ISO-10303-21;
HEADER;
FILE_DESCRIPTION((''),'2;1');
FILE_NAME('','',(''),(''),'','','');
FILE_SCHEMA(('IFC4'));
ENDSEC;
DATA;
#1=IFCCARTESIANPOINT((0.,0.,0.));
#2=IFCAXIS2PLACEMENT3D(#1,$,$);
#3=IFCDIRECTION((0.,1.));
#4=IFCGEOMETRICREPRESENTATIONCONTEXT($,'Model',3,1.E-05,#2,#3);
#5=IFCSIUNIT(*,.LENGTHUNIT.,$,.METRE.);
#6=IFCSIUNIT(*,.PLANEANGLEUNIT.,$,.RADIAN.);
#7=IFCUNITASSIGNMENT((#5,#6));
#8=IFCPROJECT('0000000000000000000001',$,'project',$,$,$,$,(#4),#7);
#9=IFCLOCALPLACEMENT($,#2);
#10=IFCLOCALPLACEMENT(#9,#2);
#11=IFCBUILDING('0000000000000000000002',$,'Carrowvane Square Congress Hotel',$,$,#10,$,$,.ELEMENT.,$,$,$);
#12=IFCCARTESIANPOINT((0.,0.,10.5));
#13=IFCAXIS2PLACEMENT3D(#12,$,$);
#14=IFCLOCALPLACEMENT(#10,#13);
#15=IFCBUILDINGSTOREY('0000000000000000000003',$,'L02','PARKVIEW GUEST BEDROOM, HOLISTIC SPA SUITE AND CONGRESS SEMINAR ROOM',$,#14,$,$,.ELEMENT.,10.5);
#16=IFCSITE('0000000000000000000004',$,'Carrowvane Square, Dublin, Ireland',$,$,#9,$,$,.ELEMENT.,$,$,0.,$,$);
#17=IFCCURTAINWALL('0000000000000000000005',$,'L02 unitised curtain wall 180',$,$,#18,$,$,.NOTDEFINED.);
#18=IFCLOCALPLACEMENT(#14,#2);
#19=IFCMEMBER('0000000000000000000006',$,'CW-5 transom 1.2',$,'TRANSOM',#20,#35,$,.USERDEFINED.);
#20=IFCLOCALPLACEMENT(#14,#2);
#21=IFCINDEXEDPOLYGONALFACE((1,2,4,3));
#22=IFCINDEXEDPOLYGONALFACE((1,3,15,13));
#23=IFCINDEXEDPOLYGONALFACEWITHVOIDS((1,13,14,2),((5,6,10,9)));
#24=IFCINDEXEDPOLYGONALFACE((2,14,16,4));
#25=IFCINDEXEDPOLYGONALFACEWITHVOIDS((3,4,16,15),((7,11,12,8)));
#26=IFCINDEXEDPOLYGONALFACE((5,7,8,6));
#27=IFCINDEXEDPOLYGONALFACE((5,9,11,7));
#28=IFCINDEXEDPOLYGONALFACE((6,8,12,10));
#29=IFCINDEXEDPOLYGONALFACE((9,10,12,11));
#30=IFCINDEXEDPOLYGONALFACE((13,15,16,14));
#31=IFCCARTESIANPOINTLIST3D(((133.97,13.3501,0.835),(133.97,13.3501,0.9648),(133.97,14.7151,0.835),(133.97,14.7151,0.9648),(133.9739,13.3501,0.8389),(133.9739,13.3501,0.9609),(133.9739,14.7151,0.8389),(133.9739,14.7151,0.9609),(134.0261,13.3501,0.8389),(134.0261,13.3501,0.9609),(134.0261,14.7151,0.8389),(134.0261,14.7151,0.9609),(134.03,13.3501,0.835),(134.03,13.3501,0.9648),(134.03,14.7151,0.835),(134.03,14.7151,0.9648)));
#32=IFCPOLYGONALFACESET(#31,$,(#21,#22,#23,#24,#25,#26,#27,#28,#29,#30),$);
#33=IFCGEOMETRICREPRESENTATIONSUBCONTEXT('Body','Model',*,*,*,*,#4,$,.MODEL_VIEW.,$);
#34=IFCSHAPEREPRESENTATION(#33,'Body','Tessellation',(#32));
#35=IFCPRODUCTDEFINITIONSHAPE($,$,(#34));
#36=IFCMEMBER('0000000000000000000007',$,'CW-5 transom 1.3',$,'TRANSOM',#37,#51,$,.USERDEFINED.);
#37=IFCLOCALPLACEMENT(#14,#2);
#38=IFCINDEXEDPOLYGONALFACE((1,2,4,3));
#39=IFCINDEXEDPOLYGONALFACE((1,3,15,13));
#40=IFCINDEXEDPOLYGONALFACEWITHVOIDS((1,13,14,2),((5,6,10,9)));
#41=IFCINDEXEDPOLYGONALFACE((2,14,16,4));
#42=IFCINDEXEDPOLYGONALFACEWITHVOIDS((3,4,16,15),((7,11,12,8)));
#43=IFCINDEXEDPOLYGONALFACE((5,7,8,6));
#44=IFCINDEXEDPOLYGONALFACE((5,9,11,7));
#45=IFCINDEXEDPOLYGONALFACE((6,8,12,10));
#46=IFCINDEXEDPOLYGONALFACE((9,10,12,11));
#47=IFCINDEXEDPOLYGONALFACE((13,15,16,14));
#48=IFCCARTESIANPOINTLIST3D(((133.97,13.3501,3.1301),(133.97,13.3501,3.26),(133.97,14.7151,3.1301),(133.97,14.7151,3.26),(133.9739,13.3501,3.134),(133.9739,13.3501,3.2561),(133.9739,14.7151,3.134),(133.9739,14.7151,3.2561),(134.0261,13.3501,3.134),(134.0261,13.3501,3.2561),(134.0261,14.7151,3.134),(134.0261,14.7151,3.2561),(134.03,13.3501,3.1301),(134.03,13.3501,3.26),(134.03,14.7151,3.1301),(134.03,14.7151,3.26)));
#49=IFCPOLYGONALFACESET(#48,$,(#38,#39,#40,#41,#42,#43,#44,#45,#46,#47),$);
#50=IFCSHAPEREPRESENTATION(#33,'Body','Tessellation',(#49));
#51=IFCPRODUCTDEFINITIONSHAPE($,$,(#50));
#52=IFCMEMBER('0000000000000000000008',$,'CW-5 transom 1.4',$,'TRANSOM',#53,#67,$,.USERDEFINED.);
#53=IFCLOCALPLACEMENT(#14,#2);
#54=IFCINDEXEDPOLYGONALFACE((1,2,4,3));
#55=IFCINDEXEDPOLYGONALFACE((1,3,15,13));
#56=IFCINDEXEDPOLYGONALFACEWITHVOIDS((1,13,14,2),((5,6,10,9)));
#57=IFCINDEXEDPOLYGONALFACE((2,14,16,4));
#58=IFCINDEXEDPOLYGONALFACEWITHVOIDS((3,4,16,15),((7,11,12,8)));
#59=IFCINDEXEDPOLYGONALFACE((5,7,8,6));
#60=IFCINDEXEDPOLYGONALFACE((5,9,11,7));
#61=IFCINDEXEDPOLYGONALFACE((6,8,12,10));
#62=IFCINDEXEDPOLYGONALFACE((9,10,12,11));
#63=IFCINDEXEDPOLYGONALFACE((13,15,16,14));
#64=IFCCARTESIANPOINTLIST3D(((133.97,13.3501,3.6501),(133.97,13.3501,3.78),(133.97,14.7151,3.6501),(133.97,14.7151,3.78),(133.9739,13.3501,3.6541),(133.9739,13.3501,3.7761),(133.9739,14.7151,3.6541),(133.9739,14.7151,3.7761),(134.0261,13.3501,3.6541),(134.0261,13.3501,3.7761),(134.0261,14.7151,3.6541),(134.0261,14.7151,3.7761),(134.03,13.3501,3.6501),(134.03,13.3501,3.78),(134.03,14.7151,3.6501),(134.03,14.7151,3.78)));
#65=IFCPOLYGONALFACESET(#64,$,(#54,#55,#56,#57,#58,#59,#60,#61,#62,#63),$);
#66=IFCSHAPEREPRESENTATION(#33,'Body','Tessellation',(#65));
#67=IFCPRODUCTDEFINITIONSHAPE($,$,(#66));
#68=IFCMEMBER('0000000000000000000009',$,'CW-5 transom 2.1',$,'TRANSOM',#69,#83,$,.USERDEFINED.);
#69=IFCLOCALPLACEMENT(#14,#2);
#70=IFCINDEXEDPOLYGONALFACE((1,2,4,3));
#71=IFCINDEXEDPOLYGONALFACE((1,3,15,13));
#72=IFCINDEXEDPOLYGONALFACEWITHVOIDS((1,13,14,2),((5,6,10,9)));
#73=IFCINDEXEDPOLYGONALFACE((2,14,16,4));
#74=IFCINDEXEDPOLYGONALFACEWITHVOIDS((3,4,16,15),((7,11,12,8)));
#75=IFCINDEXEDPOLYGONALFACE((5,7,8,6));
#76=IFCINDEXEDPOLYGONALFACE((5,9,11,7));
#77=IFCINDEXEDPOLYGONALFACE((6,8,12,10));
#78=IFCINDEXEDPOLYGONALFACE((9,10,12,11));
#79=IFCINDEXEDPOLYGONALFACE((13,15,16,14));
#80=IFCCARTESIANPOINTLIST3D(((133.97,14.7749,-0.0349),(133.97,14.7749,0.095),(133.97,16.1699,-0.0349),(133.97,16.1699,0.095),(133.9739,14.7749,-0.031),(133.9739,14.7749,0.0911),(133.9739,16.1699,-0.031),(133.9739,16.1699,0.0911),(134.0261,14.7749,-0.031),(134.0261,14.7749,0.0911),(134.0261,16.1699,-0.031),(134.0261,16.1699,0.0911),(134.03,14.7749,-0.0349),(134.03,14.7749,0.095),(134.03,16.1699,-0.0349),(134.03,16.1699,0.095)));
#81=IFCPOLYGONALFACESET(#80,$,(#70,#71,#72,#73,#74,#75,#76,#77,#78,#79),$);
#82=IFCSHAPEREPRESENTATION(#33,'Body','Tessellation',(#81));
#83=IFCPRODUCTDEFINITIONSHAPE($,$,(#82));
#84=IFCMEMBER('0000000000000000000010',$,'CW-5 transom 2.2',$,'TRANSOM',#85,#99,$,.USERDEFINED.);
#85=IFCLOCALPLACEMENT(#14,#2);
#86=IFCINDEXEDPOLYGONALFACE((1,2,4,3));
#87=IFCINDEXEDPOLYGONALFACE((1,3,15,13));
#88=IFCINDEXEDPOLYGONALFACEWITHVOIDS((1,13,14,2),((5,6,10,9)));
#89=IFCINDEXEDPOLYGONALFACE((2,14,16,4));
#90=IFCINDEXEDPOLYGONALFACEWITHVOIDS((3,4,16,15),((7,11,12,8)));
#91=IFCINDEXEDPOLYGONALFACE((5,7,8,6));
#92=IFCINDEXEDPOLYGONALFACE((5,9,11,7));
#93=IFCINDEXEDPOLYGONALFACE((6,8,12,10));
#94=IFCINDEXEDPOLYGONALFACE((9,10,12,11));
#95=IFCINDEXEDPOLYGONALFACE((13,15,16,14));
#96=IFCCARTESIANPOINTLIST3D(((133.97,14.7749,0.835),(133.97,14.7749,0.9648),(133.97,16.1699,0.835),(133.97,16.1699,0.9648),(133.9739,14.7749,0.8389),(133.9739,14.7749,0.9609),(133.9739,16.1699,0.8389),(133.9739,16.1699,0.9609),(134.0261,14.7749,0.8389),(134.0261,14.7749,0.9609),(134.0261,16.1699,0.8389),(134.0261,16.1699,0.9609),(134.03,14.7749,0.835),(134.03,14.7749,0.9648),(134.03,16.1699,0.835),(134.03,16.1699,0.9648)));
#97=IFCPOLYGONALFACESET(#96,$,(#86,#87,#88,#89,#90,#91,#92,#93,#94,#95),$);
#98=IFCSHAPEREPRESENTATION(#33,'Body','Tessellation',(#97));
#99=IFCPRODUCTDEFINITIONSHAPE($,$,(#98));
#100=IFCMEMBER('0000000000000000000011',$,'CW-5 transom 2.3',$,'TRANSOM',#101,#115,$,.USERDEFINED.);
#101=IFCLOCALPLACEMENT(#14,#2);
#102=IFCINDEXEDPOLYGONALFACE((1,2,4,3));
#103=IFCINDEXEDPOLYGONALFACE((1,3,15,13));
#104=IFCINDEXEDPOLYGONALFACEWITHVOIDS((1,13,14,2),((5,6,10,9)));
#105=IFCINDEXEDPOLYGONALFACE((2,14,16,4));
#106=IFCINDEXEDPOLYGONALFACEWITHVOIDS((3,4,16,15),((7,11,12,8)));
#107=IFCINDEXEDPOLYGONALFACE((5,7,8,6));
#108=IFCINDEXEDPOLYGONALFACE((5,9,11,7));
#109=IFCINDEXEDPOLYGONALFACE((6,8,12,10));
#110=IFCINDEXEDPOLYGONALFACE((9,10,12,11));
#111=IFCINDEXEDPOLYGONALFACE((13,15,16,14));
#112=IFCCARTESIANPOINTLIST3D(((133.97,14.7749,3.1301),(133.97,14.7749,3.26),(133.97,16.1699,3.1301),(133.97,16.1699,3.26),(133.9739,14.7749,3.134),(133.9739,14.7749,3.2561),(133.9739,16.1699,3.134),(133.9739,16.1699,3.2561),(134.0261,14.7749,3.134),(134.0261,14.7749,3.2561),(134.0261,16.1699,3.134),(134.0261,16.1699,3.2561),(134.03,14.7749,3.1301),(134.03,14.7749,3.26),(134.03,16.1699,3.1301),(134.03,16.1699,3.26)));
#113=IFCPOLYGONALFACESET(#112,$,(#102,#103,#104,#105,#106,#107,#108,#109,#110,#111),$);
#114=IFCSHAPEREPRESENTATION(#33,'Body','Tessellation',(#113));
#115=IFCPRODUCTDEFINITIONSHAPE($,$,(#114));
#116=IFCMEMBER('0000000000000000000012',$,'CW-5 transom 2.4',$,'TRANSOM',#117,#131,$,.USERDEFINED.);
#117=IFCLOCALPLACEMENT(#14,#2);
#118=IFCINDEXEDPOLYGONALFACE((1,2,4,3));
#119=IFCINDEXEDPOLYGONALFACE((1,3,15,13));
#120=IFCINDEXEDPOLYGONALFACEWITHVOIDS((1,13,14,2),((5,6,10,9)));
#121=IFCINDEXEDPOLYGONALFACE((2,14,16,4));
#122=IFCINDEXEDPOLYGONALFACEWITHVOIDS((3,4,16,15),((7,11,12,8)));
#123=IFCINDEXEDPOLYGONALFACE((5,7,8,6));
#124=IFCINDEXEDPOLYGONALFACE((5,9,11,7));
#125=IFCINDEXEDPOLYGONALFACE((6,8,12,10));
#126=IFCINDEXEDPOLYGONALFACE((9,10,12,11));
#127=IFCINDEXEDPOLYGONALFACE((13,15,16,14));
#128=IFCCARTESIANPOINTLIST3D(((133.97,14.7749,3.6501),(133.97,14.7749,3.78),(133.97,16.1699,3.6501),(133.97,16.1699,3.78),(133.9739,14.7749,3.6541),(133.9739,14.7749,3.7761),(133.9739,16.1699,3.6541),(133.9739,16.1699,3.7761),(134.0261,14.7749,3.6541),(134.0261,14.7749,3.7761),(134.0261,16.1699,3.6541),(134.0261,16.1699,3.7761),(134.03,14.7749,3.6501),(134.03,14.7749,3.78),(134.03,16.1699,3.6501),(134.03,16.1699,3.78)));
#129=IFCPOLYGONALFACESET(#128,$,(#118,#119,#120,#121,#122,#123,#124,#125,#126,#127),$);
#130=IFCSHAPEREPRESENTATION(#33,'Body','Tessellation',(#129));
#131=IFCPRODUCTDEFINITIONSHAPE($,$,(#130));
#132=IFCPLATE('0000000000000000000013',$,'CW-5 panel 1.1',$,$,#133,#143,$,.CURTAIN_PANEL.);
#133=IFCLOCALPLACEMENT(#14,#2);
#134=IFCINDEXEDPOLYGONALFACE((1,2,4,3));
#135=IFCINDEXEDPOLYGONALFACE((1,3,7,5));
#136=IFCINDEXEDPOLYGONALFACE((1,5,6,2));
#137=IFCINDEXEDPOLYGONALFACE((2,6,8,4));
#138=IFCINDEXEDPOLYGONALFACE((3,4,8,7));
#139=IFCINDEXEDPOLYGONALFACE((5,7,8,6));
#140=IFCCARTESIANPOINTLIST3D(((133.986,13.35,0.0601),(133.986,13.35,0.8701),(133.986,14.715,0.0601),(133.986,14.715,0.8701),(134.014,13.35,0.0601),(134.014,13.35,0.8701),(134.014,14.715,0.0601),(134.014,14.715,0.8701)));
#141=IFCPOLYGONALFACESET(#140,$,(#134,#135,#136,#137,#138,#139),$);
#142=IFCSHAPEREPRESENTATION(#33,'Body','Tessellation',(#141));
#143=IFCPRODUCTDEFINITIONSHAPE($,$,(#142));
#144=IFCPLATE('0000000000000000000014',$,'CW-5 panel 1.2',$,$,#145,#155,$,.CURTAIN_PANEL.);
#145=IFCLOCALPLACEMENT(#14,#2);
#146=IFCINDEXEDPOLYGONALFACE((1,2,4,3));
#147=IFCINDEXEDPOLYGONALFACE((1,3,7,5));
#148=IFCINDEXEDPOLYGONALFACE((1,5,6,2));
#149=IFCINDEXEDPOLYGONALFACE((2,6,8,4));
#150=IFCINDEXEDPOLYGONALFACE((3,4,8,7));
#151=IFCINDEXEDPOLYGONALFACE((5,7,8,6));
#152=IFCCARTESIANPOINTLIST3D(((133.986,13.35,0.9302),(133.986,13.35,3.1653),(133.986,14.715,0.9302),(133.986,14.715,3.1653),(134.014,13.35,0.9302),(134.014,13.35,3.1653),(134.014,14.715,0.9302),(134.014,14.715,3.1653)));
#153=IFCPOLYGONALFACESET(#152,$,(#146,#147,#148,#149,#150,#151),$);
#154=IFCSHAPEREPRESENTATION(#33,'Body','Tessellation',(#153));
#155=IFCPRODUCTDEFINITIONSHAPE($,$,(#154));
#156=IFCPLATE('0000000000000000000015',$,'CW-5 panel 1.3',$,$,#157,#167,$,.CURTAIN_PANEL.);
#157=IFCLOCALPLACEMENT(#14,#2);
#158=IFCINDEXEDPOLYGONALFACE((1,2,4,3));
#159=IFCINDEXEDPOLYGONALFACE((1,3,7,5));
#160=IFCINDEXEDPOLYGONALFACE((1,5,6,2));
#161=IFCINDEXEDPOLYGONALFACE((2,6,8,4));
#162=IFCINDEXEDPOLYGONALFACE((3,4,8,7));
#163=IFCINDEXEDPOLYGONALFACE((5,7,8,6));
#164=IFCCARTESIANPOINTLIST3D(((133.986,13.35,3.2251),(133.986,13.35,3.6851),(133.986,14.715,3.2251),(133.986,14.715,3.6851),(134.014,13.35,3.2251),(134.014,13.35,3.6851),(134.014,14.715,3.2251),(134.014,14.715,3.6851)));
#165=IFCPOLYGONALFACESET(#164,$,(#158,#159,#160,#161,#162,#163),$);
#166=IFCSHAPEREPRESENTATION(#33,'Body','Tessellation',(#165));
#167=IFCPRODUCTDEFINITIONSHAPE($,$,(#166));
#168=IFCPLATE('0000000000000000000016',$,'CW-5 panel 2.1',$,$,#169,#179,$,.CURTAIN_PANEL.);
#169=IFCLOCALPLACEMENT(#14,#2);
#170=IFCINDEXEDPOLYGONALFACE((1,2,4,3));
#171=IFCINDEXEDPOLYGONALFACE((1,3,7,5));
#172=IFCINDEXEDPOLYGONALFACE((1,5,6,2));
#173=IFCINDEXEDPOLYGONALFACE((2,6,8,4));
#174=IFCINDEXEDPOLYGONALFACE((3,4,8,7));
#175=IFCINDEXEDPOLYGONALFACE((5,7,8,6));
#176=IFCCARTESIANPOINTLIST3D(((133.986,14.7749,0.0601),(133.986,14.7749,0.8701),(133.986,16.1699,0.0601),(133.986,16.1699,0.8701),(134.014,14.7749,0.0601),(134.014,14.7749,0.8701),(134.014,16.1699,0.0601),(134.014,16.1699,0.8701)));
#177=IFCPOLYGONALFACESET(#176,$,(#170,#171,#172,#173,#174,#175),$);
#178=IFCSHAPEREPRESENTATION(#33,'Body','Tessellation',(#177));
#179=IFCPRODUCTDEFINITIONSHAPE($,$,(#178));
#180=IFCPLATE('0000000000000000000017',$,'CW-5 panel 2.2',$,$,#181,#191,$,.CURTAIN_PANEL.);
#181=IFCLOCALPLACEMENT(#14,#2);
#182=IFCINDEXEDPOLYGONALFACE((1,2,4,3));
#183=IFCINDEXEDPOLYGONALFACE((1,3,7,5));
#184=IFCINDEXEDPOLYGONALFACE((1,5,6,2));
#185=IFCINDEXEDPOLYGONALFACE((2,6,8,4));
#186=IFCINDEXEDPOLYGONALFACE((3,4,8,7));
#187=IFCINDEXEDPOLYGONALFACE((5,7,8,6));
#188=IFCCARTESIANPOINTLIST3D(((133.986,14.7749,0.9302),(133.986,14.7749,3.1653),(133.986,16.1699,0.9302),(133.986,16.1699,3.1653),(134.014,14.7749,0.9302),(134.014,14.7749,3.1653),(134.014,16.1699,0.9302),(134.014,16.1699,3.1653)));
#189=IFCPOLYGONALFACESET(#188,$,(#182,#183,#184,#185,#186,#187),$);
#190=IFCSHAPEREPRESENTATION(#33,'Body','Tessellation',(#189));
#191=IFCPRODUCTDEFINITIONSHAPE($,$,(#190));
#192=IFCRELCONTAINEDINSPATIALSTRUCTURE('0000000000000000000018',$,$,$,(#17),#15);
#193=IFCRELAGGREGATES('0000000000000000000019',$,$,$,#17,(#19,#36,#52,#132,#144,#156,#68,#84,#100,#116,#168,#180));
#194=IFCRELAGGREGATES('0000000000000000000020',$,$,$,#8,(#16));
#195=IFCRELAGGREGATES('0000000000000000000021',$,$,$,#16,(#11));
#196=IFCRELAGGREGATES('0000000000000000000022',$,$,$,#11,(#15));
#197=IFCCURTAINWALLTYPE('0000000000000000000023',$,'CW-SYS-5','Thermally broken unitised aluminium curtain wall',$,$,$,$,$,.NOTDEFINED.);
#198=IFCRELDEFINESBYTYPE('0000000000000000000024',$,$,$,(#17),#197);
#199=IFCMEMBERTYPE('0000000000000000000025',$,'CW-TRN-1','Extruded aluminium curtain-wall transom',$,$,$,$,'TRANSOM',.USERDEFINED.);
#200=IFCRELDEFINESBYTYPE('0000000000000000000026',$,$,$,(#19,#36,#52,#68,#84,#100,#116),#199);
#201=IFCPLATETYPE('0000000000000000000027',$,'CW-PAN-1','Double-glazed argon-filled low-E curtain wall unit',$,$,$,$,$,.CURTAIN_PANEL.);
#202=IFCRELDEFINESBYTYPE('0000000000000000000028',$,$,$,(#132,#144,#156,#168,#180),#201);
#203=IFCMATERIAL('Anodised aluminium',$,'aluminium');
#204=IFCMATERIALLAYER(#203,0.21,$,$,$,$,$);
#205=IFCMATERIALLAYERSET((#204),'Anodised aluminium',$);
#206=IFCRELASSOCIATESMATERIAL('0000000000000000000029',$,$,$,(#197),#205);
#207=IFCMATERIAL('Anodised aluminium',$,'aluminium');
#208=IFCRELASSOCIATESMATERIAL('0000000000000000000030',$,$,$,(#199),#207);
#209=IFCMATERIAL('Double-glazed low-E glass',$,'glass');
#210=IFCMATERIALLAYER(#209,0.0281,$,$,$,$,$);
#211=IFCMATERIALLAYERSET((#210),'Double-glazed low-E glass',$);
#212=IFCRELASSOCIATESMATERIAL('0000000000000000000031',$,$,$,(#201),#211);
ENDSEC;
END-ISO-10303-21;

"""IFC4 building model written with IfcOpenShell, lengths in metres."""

from ifc_helpers import new_model, si_unit, direction, frame, origin, origin_2d, place, context, subcontext, project, spatial, rectangle, hollow_rectangle, extrude, material, layer, layer_set, material_profile, profile_set, type_object, element, aggregate, save


model = new_model("IFC4")

# Units and contexts
model_context = context("Model", 3, precision=1e-05, world=origin(), true_north=direction((0.0, 1.0)))
body_context = subcontext(model_context, "Body", "Model", "MODEL_VIEW")
ifc_project = project(units=[si_unit("LENGTHUNIT", "METRE"), si_unit("PLANEANGLEUNIT", "RADIAN")], contexts=[model_context])

# Site, building, storey
site_placement = place(None, origin())
site = spatial("IfcSite", under=ifc_project, at=site_placement, Name="Carrowvane Square, Dublin, Ireland", CompositionType="ELEMENT", RefElevation=0.0)
building_placement = place(site_placement, origin())
building = spatial("IfcBuilding", under=site, at=building_placement, Name="Carrowvane Square Congress Hotel", CompositionType="ELEMENT")
storey_placement = place(building_placement, frame((0.0, 0.0, 10.5)))
storey = spatial("IfcBuildingStorey", under=building, at=storey_placement, Name="L02", Description="PARKVIEW GUEST BEDROOM, HOLISTIC SPA SUITE AND CONGRESS SEMINAR ROOM", CompositionType="ELEMENT", Elevation=10.5)

# Curtain wall, members, plates
ifc_material_1 = material(Name="Anodised aluminium", Category="aluminium")
ifc_layer_1 = layer(ifc_material_1, 0.21)
ifc_layer_set_1 = layer_set([ifc_layer_1], Name="Anodised aluminium")
curtain_wall_type = type_object("IfcCurtainWallType", Name="CW-SYS-5", Description="Thermally broken unitised aluminium curtain wall", PredefinedType="NOTDEFINED", material=ifc_layer_set_1)
curtain_wall_placement = place(storey_placement, origin())
curtain_wall = element("IfcCurtainWall", 1, at=curtain_wall_placement, inside=storey, type_object=curtain_wall_type, Name="L02 unitised curtain wall 180", PredefinedType="NOTDEFINED")
ifc_material_2 = material(Name="Anodised aluminium", Category="aluminium")
ifc_material_profile_1 = material_profile(ifc_material_2, hollow_rectangle(XDim=0.0601, YDim=0.1299, WallThickness=0.0039, at=origin_2d()), Name="CW-TR 60x130x4")
ifc_profile_set_1 = profile_set([ifc_material_profile_1], Name="Anodised aluminium")
member_type_1 = type_object("IfcMemberType", Name="CW-TRN-1", Description="Extruded aluminium curtain-wall transom", ElementType="TRANSOM", PredefinedType="USERDEFINED", material=ifc_profile_set_1)
member_1_placement = place(storey_placement, frame((134.0, 13.3501, 0.8999), z_axis=(0.0, 1.0, 0.0), x_axis=(-1.0, 0.0, 0.0)))
member_1 = element("IfcMember", 2, at=member_1_placement, type_object=member_type_1, Name="CW-5 transom 1.2", ObjectType="TRANSOM", PredefinedType="USERDEFINED", context=body_context, shape_type="SweptSolid", body=[
    extrude(hollow_rectangle(XDim=0.0601, YDim=0.1299, WallThickness=0.0039, at=origin_2d()), origin(), (0.0, 0.0, 1.0), 1.365),
])
member_2_placement = place(storey_placement, frame((134.0, 13.3501, 3.1951), z_axis=(0.0, 1.0, 0.0), x_axis=(-1.0, 0.0, 0.0)))
member_2 = element("IfcMember", 3, at=member_2_placement, type_object=member_type_1, Name="CW-5 transom 1.3", ObjectType="TRANSOM", PredefinedType="USERDEFINED", context=body_context, shape_type="SweptSolid", body=[
    extrude(hollow_rectangle(XDim=0.0601, YDim=0.1299, WallThickness=0.0039, at=origin_2d()), origin(), (0.0, 0.0, 1.0), 1.365),
])
member_3_placement = place(storey_placement, frame((134.0, 13.3501, 3.7151), z_axis=(0.0, 1.0, 0.0), x_axis=(-1.0, 0.0, 0.0)))
member_3 = element("IfcMember", 4, at=member_3_placement, type_object=member_type_1, Name="CW-5 transom 1.4", ObjectType="TRANSOM", PredefinedType="USERDEFINED", context=body_context, shape_type="SweptSolid", body=[
    extrude(hollow_rectangle(XDim=0.0601, YDim=0.1299, WallThickness=0.0039, at=origin_2d()), origin(), (0.0, 0.0, 1.0), 1.365),
])
member_4_placement = place(storey_placement, frame((134.0, 14.7749, 0.03), z_axis=(0.0, 1.0, 0.0), x_axis=(-1.0, 0.0, 0.0)))
member_4 = element("IfcMember", 5, at=member_4_placement, type_object=member_type_1, Name="CW-5 transom 2.1", ObjectType="TRANSOM", PredefinedType="USERDEFINED", context=body_context, shape_type="SweptSolid", body=[
    extrude(hollow_rectangle(XDim=0.0601, YDim=0.1299, WallThickness=0.0039, at=origin_2d()), origin(), (0.0, 0.0, 1.0), 1.395),
])
member_5_placement = place(storey_placement, frame((134.0, 14.7749, 0.8999), z_axis=(0.0, 1.0, 0.0), x_axis=(-1.0, 0.0, 0.0)))
member_5 = element("IfcMember", 6, at=member_5_placement, type_object=member_type_1, Name="CW-5 transom 2.2", ObjectType="TRANSOM", PredefinedType="USERDEFINED", context=body_context, shape_type="SweptSolid", body=[
    extrude(hollow_rectangle(XDim=0.0601, YDim=0.1299, WallThickness=0.0039, at=origin_2d()), origin(), (0.0, 0.0, 1.0), 1.395),
])
member_6_placement = place(storey_placement, frame((134.0, 14.7749, 3.1951), z_axis=(0.0, 1.0, 0.0), x_axis=(-1.0, 0.0, 0.0)))
member_6 = element("IfcMember", 7, at=member_6_placement, type_object=member_type_1, Name="CW-5 transom 2.3", ObjectType="TRANSOM", PredefinedType="USERDEFINED", context=body_context, shape_type="SweptSolid", body=[
    extrude(hollow_rectangle(XDim=0.0601, YDim=0.1299, WallThickness=0.0039, at=origin_2d()), origin(), (0.0, 0.0, 1.0), 1.395),
])
member_7_placement = place(storey_placement, frame((134.0, 14.7749, 3.7151), z_axis=(0.0, 1.0, 0.0), x_axis=(-1.0, 0.0, 0.0)))
member_7 = element("IfcMember", 8, at=member_7_placement, type_object=member_type_1, Name="CW-5 transom 2.4", ObjectType="TRANSOM", PredefinedType="USERDEFINED", context=body_context, shape_type="SweptSolid", body=[
    extrude(hollow_rectangle(XDim=0.0601, YDim=0.1299, WallThickness=0.0039, at=origin_2d()), origin(), (0.0, 0.0, 1.0), 1.395),
])
ifc_material_3 = material(Name="Double-glazed low-E glass", Category="glass")
ifc_layer_2 = layer(ifc_material_3, 0.0281)
ifc_layer_set_2 = layer_set([ifc_layer_2], Name="Double-glazed low-E glass")
plate_type = type_object("IfcPlateType", Name="CW-PAN-1", Description="Double-glazed argon-filled low-E curtain wall unit", PredefinedType="CURTAIN_PANEL", material=ifc_layer_set_2)
plate_1_placement = place(storey_placement, frame((134.0, 14.0325, 0.0601), z_axis=(0.0, 0.0, 1.0), x_axis=(0.0, 1.0, 0.0)))
plate_1 = element("IfcPlate", 9, at=plate_1_placement, type_object=plate_type, Name="CW-5 panel 1.1", PredefinedType="CURTAIN_PANEL", context=body_context, shape_type="SweptSolid", body=[
    extrude(rectangle(XDim=1.365, YDim=0.0281, at=origin_2d()), origin(), (0.0, 0.0, 1.0), 0.8101),
])
plate_2_placement = place(storey_placement, frame((134.0, 14.0325, 0.9302), z_axis=(0.0, 0.0, 1.0), x_axis=(0.0, 1.0, 0.0)))
plate_2 = element("IfcPlate", 10, at=plate_2_placement, type_object=plate_type, Name="CW-5 panel 1.2", PredefinedType="CURTAIN_PANEL", context=body_context, shape_type="SweptSolid", body=[
    extrude(rectangle(XDim=1.365, YDim=0.0281, at=origin_2d()), origin(), (0.0, 0.0, 1.0), 2.2351),
])
plate_3_placement = place(storey_placement, frame((134.0, 14.0325, 3.2251), z_axis=(0.0, 0.0, 1.0), x_axis=(0.0, 1.0, 0.0)))
plate_3 = element("IfcPlate", 11, at=plate_3_placement, type_object=plate_type, Name="CW-5 panel 1.3", PredefinedType="CURTAIN_PANEL", context=body_context, shape_type="SweptSolid", body=[
    extrude(rectangle(XDim=1.365, YDim=0.0281, at=origin_2d()), origin(), (0.0, 0.0, 1.0), 0.46),
])
plate_4_placement = place(storey_placement, frame((134.0, 15.4724, 0.0601), z_axis=(0.0, 0.0, 1.0), x_axis=(0.0, 1.0, 0.0)))
plate_4 = element("IfcPlate", 12, at=plate_4_placement, type_object=plate_type, Name="CW-5 panel 2.1", PredefinedType="CURTAIN_PANEL", context=body_context, shape_type="SweptSolid", body=[
    extrude(rectangle(XDim=1.395, YDim=0.0281, at=origin_2d()), origin(), (0.0, 0.0, 1.0), 0.8101),
])
plate_5_placement = place(storey_placement, frame((134.0, 15.4724, 0.9302), z_axis=(0.0, 0.0, 1.0), x_axis=(0.0, 1.0, 0.0)))
plate_5 = element("IfcPlate", 13, at=plate_5_placement, type_object=plate_type, Name="CW-5 panel 2.2", PredefinedType="CURTAIN_PANEL", context=body_context, shape_type="SweptSolid", body=[
    extrude(rectangle(XDim=1.395, YDim=0.0281, at=origin_2d()), origin(), (0.0, 0.0, 1.0), 2.2351),
])
aggregate(curtain_wall, [member_1, member_2, member_3, plate_1, plate_2, plate_3, member_4, member_5, member_6, member_7, plate_4, plate_5])

save(model, "model.ifc")
